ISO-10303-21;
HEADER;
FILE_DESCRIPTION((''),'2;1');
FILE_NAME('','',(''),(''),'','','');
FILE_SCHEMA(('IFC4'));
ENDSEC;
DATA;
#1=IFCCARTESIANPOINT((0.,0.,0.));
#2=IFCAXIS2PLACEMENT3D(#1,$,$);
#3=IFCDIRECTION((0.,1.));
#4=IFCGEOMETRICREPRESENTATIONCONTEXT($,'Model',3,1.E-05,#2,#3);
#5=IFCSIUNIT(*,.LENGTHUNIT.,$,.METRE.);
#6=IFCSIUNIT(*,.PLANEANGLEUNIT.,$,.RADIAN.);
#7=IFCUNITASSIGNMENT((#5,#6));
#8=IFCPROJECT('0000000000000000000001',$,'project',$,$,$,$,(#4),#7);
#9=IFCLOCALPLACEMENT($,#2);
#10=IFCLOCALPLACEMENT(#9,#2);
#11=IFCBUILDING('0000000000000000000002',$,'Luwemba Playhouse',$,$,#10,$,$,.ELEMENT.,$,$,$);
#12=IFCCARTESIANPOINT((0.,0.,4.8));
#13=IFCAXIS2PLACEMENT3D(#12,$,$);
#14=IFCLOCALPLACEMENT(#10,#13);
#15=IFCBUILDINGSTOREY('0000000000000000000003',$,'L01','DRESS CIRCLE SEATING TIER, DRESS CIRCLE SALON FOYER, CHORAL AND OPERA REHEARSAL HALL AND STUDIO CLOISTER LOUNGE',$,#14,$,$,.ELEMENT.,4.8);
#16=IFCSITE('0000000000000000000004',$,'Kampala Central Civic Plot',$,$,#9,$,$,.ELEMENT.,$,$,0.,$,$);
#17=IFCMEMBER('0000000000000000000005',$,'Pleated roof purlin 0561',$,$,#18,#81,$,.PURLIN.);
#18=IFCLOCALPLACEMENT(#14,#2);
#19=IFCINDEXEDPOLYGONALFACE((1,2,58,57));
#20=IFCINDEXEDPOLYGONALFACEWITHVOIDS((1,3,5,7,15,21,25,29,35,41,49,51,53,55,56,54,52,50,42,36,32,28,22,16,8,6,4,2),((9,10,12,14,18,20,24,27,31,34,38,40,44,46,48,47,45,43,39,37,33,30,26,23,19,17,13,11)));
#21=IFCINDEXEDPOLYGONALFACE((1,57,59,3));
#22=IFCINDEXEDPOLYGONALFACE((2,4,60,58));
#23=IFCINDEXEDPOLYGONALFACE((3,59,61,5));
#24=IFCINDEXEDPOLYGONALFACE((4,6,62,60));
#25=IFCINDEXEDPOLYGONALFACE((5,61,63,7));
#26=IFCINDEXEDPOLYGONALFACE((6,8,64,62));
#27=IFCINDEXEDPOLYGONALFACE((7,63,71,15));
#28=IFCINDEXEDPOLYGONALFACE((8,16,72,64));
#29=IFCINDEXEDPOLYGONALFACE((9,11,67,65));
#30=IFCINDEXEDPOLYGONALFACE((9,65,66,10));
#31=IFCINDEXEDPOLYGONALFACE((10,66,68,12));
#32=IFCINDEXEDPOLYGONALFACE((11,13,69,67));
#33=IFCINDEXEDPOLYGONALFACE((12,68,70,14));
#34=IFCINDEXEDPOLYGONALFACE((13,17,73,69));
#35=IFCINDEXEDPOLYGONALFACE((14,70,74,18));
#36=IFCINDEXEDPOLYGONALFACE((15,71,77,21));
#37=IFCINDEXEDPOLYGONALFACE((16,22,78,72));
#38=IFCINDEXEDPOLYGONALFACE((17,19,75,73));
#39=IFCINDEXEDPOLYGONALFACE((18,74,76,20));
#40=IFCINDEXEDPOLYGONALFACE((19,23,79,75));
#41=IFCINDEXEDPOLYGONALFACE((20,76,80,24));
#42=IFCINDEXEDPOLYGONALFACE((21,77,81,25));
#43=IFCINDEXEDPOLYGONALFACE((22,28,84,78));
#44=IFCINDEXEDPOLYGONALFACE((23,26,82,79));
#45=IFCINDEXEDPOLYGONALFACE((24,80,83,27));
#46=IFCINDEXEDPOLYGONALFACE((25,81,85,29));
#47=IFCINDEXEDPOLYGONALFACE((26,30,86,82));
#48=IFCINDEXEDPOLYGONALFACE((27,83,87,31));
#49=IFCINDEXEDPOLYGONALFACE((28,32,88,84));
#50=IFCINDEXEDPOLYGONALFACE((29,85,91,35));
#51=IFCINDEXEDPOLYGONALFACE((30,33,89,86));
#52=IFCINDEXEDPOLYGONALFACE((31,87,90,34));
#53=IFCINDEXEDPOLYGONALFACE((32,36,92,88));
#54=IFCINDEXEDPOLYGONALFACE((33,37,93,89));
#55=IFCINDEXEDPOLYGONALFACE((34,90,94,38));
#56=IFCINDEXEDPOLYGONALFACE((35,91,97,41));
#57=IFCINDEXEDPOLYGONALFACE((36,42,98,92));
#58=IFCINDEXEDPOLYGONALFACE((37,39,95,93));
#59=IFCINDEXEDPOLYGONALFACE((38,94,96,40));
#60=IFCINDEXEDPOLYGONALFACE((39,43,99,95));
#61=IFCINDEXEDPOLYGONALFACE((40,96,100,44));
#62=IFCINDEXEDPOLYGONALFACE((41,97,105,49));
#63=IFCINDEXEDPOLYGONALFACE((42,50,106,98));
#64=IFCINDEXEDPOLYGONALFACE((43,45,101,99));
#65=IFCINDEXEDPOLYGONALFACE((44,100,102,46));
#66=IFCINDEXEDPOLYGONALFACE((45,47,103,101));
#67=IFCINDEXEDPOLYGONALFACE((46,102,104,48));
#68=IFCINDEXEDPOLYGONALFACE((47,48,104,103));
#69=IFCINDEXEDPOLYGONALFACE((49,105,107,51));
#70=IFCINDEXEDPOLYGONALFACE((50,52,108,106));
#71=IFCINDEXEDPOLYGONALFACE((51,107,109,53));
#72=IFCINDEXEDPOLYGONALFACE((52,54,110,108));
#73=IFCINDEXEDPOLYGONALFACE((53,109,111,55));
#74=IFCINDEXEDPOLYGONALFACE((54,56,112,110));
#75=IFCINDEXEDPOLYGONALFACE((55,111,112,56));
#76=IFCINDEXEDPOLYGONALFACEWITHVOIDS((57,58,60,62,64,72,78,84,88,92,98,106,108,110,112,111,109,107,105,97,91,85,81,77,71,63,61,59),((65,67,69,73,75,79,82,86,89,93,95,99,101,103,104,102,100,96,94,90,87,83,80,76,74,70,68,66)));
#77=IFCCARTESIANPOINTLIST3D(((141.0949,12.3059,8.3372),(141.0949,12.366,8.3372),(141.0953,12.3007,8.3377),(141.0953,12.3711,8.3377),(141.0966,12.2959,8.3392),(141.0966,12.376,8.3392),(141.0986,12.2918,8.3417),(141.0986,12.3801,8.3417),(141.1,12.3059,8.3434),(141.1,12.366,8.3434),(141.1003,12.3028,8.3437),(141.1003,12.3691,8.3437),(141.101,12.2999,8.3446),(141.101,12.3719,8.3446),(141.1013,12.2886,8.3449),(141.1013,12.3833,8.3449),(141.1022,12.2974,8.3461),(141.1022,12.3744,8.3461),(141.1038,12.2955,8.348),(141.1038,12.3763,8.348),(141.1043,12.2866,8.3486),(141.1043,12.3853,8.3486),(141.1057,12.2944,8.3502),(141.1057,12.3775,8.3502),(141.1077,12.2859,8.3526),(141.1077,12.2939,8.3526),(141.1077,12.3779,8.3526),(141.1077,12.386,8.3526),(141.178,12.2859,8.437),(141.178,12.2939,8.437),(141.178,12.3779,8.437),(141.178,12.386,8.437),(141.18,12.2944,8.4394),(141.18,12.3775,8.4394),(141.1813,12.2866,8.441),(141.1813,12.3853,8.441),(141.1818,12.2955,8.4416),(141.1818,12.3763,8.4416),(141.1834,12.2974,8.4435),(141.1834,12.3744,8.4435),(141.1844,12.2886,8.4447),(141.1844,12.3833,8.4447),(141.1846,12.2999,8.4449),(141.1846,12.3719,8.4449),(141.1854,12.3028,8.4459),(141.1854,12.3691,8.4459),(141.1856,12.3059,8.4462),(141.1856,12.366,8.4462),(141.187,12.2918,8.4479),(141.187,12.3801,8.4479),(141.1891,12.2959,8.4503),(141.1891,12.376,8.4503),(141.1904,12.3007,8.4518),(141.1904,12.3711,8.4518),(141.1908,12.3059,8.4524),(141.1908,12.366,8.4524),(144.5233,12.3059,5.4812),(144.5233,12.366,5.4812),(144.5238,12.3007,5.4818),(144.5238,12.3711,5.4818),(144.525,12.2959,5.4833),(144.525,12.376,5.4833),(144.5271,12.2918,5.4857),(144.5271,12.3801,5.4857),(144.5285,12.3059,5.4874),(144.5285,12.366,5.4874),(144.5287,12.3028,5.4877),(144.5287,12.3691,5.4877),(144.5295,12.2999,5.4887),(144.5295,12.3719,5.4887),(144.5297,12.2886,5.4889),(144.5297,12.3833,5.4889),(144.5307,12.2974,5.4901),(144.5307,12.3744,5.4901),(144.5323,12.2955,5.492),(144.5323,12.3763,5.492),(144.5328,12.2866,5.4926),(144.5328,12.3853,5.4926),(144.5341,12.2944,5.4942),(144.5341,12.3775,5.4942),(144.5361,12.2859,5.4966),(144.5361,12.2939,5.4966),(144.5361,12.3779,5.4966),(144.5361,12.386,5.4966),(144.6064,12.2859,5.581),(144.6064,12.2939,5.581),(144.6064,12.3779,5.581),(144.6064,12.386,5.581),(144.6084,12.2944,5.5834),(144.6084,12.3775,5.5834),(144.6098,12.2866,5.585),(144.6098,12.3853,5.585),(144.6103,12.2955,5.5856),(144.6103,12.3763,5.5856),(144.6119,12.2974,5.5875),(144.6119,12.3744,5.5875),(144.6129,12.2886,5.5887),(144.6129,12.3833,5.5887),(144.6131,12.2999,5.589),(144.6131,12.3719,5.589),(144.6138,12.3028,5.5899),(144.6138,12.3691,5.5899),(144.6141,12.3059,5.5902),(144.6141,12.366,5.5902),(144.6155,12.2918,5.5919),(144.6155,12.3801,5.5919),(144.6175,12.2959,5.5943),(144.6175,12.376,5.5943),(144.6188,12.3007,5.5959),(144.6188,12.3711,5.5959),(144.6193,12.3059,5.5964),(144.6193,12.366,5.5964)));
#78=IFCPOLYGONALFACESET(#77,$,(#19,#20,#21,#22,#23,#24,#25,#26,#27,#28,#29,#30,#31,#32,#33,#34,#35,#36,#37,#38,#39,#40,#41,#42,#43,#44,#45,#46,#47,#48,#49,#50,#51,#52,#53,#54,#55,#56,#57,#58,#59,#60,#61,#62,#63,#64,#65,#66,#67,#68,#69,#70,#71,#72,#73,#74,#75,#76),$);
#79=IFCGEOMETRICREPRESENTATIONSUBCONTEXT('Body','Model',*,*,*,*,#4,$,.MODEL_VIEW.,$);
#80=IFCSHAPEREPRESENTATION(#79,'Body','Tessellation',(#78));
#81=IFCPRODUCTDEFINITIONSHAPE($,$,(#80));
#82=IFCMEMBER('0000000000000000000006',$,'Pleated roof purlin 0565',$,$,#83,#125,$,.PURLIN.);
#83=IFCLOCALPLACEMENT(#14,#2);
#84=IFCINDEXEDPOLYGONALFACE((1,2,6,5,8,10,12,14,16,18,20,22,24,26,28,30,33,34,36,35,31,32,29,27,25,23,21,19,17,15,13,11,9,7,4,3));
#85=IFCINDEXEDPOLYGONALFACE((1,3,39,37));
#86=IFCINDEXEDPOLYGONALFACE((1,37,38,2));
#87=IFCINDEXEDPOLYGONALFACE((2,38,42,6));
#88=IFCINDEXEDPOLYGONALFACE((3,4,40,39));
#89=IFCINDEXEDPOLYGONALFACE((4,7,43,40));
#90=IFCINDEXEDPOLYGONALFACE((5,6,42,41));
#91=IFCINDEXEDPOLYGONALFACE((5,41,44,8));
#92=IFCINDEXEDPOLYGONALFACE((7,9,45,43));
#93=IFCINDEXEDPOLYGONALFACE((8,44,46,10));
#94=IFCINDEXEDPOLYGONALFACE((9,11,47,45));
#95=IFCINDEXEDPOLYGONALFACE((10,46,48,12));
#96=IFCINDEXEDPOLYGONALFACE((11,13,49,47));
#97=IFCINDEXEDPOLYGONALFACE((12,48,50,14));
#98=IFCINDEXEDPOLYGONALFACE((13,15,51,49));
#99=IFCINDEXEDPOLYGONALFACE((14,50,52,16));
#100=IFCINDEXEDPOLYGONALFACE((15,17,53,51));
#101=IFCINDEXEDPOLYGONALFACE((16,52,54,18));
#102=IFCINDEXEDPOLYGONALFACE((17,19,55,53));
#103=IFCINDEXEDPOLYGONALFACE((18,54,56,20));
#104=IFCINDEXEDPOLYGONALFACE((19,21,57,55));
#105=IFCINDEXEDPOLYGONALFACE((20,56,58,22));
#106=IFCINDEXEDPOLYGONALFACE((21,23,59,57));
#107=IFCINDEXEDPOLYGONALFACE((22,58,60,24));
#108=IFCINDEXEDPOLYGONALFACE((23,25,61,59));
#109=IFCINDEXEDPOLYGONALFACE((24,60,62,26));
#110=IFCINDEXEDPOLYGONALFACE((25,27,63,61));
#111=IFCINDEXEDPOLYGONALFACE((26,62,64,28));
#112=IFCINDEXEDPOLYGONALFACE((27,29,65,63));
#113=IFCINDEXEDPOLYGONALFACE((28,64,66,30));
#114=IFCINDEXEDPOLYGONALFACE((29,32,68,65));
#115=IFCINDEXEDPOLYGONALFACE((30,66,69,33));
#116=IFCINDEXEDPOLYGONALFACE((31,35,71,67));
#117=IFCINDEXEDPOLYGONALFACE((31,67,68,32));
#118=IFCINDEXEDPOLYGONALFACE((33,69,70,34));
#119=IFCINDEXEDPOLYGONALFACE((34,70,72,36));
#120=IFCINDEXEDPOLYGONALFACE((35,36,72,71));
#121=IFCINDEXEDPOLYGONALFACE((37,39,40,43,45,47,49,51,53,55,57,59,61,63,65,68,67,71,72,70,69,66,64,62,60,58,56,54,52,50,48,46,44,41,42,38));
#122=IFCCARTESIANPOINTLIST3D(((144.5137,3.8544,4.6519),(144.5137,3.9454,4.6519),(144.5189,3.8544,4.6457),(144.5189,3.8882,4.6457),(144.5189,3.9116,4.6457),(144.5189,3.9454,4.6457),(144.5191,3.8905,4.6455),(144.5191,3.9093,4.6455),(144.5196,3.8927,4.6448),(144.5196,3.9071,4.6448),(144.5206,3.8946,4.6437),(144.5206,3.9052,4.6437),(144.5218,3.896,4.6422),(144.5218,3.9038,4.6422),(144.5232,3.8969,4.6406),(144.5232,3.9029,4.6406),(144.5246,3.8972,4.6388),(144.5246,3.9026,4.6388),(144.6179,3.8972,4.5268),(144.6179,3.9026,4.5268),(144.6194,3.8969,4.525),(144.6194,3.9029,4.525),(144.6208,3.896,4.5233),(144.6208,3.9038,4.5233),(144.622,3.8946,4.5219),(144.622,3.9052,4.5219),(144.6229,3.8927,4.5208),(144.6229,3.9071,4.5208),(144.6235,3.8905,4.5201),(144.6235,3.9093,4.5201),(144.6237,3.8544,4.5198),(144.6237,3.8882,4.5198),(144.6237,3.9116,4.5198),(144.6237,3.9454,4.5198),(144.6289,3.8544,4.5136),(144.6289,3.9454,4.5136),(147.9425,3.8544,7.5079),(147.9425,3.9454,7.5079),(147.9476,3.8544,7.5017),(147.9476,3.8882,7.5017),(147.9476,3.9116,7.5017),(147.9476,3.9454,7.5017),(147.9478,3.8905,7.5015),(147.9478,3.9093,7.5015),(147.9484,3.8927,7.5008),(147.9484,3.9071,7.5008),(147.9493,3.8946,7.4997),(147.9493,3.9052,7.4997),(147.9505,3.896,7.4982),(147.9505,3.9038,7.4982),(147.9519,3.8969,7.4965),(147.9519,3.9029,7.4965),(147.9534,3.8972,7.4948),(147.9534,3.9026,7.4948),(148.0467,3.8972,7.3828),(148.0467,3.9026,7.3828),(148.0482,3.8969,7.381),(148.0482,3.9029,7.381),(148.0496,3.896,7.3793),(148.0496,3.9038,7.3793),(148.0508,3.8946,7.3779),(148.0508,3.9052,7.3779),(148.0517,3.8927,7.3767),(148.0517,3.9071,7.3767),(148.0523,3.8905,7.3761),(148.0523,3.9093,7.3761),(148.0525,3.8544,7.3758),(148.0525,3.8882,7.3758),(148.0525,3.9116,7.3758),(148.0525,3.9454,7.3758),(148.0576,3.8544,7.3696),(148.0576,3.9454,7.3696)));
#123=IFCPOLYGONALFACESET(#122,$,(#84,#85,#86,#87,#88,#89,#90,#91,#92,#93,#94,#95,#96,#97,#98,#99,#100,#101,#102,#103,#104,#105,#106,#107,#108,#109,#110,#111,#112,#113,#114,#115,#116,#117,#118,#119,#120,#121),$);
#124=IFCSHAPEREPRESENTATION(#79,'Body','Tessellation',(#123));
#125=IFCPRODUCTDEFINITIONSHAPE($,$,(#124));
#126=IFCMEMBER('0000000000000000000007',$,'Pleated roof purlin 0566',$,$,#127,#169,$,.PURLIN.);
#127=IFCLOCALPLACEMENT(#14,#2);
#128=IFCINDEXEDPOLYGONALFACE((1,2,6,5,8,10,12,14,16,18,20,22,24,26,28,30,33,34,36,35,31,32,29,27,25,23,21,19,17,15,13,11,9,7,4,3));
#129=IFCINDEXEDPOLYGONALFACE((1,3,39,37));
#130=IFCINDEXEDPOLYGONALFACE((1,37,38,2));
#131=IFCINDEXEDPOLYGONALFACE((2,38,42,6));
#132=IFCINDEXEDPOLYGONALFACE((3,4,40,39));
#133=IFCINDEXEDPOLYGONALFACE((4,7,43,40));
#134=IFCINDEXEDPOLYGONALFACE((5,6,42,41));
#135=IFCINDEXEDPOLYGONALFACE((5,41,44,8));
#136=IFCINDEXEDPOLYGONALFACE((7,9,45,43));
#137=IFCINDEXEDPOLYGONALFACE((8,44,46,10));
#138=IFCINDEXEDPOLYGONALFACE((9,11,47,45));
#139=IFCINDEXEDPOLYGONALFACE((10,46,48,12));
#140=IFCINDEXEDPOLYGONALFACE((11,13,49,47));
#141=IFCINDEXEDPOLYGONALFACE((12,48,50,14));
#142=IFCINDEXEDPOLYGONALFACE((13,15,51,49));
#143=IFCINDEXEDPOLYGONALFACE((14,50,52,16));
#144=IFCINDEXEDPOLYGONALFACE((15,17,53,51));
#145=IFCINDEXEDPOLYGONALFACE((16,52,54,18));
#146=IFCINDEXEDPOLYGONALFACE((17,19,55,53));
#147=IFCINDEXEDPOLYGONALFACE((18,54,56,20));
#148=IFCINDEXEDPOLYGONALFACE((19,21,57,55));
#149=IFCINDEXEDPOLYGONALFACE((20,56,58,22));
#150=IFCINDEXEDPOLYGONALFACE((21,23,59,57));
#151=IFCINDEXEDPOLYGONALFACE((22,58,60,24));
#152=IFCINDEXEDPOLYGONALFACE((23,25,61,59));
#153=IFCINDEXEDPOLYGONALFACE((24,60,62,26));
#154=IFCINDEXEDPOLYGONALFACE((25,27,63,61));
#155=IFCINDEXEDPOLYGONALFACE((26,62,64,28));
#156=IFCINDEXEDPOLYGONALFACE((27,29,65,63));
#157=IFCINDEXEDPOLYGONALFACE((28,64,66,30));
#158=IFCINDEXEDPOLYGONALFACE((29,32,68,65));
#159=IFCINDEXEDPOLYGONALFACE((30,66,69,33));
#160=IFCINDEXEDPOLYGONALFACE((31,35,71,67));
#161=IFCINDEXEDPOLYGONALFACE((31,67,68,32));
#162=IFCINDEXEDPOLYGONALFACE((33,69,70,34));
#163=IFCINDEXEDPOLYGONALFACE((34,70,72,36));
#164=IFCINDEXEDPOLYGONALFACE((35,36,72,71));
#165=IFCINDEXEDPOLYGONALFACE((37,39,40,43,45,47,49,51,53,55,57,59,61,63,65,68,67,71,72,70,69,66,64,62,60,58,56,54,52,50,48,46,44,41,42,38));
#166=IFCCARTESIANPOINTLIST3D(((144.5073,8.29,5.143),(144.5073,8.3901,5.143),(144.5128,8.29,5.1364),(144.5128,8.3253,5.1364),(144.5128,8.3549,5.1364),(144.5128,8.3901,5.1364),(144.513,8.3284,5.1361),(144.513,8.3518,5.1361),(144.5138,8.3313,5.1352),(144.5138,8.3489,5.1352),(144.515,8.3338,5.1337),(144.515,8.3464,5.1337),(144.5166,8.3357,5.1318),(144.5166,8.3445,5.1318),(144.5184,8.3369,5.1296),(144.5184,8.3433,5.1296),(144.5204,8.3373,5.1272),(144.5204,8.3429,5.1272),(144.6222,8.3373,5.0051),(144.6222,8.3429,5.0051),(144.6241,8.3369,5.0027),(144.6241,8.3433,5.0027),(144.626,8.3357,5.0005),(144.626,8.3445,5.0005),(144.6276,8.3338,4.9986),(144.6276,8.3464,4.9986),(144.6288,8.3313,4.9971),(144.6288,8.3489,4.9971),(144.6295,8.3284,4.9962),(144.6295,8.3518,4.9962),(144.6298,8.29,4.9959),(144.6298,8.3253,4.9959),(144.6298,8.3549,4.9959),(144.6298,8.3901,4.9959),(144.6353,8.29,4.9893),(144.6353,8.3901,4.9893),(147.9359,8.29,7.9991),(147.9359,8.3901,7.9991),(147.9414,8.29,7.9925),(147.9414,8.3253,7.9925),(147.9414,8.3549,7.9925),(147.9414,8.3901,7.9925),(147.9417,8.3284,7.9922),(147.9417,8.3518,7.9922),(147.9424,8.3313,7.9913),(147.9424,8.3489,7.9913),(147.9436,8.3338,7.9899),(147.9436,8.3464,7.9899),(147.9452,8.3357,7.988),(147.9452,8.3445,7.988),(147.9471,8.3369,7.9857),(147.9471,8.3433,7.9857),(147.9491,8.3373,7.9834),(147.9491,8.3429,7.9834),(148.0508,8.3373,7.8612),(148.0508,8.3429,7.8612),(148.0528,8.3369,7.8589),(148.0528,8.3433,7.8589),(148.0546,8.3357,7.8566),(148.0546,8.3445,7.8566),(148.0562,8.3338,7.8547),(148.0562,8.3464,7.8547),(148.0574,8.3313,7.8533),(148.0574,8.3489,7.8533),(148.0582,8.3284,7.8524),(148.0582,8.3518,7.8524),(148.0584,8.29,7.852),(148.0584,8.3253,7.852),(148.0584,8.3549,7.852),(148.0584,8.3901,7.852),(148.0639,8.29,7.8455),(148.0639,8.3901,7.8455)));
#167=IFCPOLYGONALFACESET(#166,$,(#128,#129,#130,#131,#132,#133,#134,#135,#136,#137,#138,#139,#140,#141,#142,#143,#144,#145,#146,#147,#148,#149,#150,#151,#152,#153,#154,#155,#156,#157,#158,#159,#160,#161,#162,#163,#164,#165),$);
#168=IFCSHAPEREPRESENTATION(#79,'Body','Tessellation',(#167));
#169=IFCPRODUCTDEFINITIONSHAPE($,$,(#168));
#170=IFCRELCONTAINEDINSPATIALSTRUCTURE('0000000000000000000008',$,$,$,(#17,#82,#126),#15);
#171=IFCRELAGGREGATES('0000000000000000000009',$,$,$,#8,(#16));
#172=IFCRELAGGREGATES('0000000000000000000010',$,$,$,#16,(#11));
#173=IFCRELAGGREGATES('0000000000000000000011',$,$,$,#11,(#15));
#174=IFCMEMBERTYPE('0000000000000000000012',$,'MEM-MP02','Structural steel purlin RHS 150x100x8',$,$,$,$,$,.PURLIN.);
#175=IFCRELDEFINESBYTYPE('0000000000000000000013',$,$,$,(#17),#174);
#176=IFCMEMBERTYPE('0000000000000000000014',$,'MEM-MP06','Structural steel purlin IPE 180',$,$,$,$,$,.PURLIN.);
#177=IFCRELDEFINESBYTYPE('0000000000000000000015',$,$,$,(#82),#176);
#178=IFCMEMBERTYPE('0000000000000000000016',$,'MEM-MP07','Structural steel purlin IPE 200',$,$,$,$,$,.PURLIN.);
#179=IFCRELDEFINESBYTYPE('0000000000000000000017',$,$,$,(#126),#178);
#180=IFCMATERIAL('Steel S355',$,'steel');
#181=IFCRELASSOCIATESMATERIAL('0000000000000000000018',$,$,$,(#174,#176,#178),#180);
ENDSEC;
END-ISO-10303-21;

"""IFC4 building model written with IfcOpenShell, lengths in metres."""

from ifc_helpers import new_model, si_unit, direction, frame, origin, origin_2d, place, context, subcontext, project, spatial, hollow_rectangle, i_section, extrude, material, material_profile, profile_set, type_object, element, save


model = new_model("IFC4")

# Units and contexts
model_context = context("Model", 3, precision=1e-05, world=origin(), true_north=direction((0.0, 1.0)))
body_context = subcontext(model_context, "Body", "Model", "MODEL_VIEW")
ifc_project = project(units=[si_unit("LENGTHUNIT", "METRE"), si_unit("PLANEANGLEUNIT", "RADIAN")], contexts=[model_context])

# Site, building, storey
site_placement = place(None, origin())
site = spatial("IfcSite", under=ifc_project, at=site_placement, Name="Kampala Central Civic Plot", CompositionType="ELEMENT", RefElevation=0.0)
building_placement = place(site_placement, origin())
building = spatial("IfcBuilding", under=site, at=building_placement, Name="Luwemba Playhouse", CompositionType="ELEMENT")
storey_placement = place(building_placement, frame((0.0, 0.0, 4.8)))
storey = spatial("IfcBuildingStorey", under=building, at=storey_placement, Name="L01", Description="DRESS CIRCLE SEATING TIER, DRESS CIRCLE SALON FOYER, CHORAL AND OPERA REHEARSAL HALL AND STUDIO CLOISTER LOUNGE", CompositionType="ELEMENT", Elevation=4.8)

# Members
ifc_material_1 = material(Name="Steel S355", Category="steel")
ifc_material_profile_1 = material_profile(ifc_material_1, hollow_rectangle(XDim=0.1001, YDim=0.1499, WallThickness=0.0081, InnerFilletRadius=0.012, OuterFilletRadius=0.02, at=origin_2d()))
ifc_profile_set_1 = profile_set([ifc_material_profile_1], Name="Steel S355")
member_type_1 = type_object("IfcMemberType", Name="MEM-MP02", Description="Structural steel purlin RHS 150x100x8", PredefinedType="PURLIN", material=ifc_profile_set_1)
member_1_placement = place(storey_placement, frame((141.1428, 12.3359, 8.3948), z_axis=(0.768342, 0.0, -0.640039), x_axis=(0.0, 1.0, 0.0)))
element("IfcMember", 1, at=member_1_placement, inside=storey, type_object=member_type_1, Name="Pleated roof purlin 0561", PredefinedType="PURLIN", context=body_context, shape_type="SweptSolid", body=[
    extrude(hollow_rectangle(XDim=0.1001, YDim=0.1499, WallThickness=0.0081, InnerFilletRadius=0.012, OuterFilletRadius=0.02, at=origin_2d()), origin(), (0.0, 0.0, 1.0), 4.4622),
])
ifc_material_profile_2 = material_profile(ifc_material_1, i_section(OverallWidth=0.0911, OverallDepth=0.1799, WebThickness=0.0054, FlangeThickness=0.0081, FilletRadius=0.009, at=origin_2d()))
ifc_profile_set_2 = profile_set([ifc_material_profile_2], Name="Steel S355")
member_type_2 = type_object("IfcMemberType", Name="MEM-MP06", Description="Structural steel purlin IPE 180", PredefinedType="PURLIN", material=ifc_profile_set_2)
member_2_placement = place(storey_placement, frame((144.5713, 3.8999, 4.5828), z_axis=(0.768365, 0.0, 0.640012), x_axis=(0.0, 1.0, 0.0)))
element("IfcMember", 2, at=member_2_placement, inside=storey, type_object=member_type_2, Name="Pleated roof purlin 0565", PredefinedType="PURLIN", context=body_context, shape_type="SweptSolid", body=[
    extrude(i_section(OverallWidth=0.0911, OverallDepth=0.1799, WebThickness=0.0054, FlangeThickness=0.0081, FilletRadius=0.009, at=origin_2d()), origin(), (0.0, 0.0, 1.0), 4.4624),
])
ifc_material_profile_3 = material_profile(ifc_material_1, i_section(OverallWidth=0.1001, OverallDepth=0.2, WebThickness=0.0056, FlangeThickness=0.0085, FilletRadius=0.012, at=origin_2d()))
ifc_profile_set_3 = profile_set([ifc_material_profile_3], Name="Steel S355")
member_type_3 = type_object("IfcMemberType", Name="MEM-MP07", Description="Structural steel purlin IPE 200", PredefinedType="PURLIN", material=ifc_profile_set_3)
member_3_placement = place(storey_placement, frame((144.5713, 8.3401, 5.0662), z_axis=(0.768338, 0.0, 0.640044), x_axis=(0.0, 1.0, 0.0)))
element("IfcMember", 3, at=member_3_placement, inside=storey, type_object=member_type_3, Name="Pleated roof purlin 0566", PredefinedType="PURLIN", context=body_context, shape_type="SweptSolid", body=[
    extrude(i_section(OverallWidth=0.1001, OverallDepth=0.2, WebThickness=0.0056, FlangeThickness=0.0085, FilletRadius=0.012, at=origin_2d()), origin(), (0.0, 0.0, 1.0), 4.4624),
])

save(model, "model.ifc")
